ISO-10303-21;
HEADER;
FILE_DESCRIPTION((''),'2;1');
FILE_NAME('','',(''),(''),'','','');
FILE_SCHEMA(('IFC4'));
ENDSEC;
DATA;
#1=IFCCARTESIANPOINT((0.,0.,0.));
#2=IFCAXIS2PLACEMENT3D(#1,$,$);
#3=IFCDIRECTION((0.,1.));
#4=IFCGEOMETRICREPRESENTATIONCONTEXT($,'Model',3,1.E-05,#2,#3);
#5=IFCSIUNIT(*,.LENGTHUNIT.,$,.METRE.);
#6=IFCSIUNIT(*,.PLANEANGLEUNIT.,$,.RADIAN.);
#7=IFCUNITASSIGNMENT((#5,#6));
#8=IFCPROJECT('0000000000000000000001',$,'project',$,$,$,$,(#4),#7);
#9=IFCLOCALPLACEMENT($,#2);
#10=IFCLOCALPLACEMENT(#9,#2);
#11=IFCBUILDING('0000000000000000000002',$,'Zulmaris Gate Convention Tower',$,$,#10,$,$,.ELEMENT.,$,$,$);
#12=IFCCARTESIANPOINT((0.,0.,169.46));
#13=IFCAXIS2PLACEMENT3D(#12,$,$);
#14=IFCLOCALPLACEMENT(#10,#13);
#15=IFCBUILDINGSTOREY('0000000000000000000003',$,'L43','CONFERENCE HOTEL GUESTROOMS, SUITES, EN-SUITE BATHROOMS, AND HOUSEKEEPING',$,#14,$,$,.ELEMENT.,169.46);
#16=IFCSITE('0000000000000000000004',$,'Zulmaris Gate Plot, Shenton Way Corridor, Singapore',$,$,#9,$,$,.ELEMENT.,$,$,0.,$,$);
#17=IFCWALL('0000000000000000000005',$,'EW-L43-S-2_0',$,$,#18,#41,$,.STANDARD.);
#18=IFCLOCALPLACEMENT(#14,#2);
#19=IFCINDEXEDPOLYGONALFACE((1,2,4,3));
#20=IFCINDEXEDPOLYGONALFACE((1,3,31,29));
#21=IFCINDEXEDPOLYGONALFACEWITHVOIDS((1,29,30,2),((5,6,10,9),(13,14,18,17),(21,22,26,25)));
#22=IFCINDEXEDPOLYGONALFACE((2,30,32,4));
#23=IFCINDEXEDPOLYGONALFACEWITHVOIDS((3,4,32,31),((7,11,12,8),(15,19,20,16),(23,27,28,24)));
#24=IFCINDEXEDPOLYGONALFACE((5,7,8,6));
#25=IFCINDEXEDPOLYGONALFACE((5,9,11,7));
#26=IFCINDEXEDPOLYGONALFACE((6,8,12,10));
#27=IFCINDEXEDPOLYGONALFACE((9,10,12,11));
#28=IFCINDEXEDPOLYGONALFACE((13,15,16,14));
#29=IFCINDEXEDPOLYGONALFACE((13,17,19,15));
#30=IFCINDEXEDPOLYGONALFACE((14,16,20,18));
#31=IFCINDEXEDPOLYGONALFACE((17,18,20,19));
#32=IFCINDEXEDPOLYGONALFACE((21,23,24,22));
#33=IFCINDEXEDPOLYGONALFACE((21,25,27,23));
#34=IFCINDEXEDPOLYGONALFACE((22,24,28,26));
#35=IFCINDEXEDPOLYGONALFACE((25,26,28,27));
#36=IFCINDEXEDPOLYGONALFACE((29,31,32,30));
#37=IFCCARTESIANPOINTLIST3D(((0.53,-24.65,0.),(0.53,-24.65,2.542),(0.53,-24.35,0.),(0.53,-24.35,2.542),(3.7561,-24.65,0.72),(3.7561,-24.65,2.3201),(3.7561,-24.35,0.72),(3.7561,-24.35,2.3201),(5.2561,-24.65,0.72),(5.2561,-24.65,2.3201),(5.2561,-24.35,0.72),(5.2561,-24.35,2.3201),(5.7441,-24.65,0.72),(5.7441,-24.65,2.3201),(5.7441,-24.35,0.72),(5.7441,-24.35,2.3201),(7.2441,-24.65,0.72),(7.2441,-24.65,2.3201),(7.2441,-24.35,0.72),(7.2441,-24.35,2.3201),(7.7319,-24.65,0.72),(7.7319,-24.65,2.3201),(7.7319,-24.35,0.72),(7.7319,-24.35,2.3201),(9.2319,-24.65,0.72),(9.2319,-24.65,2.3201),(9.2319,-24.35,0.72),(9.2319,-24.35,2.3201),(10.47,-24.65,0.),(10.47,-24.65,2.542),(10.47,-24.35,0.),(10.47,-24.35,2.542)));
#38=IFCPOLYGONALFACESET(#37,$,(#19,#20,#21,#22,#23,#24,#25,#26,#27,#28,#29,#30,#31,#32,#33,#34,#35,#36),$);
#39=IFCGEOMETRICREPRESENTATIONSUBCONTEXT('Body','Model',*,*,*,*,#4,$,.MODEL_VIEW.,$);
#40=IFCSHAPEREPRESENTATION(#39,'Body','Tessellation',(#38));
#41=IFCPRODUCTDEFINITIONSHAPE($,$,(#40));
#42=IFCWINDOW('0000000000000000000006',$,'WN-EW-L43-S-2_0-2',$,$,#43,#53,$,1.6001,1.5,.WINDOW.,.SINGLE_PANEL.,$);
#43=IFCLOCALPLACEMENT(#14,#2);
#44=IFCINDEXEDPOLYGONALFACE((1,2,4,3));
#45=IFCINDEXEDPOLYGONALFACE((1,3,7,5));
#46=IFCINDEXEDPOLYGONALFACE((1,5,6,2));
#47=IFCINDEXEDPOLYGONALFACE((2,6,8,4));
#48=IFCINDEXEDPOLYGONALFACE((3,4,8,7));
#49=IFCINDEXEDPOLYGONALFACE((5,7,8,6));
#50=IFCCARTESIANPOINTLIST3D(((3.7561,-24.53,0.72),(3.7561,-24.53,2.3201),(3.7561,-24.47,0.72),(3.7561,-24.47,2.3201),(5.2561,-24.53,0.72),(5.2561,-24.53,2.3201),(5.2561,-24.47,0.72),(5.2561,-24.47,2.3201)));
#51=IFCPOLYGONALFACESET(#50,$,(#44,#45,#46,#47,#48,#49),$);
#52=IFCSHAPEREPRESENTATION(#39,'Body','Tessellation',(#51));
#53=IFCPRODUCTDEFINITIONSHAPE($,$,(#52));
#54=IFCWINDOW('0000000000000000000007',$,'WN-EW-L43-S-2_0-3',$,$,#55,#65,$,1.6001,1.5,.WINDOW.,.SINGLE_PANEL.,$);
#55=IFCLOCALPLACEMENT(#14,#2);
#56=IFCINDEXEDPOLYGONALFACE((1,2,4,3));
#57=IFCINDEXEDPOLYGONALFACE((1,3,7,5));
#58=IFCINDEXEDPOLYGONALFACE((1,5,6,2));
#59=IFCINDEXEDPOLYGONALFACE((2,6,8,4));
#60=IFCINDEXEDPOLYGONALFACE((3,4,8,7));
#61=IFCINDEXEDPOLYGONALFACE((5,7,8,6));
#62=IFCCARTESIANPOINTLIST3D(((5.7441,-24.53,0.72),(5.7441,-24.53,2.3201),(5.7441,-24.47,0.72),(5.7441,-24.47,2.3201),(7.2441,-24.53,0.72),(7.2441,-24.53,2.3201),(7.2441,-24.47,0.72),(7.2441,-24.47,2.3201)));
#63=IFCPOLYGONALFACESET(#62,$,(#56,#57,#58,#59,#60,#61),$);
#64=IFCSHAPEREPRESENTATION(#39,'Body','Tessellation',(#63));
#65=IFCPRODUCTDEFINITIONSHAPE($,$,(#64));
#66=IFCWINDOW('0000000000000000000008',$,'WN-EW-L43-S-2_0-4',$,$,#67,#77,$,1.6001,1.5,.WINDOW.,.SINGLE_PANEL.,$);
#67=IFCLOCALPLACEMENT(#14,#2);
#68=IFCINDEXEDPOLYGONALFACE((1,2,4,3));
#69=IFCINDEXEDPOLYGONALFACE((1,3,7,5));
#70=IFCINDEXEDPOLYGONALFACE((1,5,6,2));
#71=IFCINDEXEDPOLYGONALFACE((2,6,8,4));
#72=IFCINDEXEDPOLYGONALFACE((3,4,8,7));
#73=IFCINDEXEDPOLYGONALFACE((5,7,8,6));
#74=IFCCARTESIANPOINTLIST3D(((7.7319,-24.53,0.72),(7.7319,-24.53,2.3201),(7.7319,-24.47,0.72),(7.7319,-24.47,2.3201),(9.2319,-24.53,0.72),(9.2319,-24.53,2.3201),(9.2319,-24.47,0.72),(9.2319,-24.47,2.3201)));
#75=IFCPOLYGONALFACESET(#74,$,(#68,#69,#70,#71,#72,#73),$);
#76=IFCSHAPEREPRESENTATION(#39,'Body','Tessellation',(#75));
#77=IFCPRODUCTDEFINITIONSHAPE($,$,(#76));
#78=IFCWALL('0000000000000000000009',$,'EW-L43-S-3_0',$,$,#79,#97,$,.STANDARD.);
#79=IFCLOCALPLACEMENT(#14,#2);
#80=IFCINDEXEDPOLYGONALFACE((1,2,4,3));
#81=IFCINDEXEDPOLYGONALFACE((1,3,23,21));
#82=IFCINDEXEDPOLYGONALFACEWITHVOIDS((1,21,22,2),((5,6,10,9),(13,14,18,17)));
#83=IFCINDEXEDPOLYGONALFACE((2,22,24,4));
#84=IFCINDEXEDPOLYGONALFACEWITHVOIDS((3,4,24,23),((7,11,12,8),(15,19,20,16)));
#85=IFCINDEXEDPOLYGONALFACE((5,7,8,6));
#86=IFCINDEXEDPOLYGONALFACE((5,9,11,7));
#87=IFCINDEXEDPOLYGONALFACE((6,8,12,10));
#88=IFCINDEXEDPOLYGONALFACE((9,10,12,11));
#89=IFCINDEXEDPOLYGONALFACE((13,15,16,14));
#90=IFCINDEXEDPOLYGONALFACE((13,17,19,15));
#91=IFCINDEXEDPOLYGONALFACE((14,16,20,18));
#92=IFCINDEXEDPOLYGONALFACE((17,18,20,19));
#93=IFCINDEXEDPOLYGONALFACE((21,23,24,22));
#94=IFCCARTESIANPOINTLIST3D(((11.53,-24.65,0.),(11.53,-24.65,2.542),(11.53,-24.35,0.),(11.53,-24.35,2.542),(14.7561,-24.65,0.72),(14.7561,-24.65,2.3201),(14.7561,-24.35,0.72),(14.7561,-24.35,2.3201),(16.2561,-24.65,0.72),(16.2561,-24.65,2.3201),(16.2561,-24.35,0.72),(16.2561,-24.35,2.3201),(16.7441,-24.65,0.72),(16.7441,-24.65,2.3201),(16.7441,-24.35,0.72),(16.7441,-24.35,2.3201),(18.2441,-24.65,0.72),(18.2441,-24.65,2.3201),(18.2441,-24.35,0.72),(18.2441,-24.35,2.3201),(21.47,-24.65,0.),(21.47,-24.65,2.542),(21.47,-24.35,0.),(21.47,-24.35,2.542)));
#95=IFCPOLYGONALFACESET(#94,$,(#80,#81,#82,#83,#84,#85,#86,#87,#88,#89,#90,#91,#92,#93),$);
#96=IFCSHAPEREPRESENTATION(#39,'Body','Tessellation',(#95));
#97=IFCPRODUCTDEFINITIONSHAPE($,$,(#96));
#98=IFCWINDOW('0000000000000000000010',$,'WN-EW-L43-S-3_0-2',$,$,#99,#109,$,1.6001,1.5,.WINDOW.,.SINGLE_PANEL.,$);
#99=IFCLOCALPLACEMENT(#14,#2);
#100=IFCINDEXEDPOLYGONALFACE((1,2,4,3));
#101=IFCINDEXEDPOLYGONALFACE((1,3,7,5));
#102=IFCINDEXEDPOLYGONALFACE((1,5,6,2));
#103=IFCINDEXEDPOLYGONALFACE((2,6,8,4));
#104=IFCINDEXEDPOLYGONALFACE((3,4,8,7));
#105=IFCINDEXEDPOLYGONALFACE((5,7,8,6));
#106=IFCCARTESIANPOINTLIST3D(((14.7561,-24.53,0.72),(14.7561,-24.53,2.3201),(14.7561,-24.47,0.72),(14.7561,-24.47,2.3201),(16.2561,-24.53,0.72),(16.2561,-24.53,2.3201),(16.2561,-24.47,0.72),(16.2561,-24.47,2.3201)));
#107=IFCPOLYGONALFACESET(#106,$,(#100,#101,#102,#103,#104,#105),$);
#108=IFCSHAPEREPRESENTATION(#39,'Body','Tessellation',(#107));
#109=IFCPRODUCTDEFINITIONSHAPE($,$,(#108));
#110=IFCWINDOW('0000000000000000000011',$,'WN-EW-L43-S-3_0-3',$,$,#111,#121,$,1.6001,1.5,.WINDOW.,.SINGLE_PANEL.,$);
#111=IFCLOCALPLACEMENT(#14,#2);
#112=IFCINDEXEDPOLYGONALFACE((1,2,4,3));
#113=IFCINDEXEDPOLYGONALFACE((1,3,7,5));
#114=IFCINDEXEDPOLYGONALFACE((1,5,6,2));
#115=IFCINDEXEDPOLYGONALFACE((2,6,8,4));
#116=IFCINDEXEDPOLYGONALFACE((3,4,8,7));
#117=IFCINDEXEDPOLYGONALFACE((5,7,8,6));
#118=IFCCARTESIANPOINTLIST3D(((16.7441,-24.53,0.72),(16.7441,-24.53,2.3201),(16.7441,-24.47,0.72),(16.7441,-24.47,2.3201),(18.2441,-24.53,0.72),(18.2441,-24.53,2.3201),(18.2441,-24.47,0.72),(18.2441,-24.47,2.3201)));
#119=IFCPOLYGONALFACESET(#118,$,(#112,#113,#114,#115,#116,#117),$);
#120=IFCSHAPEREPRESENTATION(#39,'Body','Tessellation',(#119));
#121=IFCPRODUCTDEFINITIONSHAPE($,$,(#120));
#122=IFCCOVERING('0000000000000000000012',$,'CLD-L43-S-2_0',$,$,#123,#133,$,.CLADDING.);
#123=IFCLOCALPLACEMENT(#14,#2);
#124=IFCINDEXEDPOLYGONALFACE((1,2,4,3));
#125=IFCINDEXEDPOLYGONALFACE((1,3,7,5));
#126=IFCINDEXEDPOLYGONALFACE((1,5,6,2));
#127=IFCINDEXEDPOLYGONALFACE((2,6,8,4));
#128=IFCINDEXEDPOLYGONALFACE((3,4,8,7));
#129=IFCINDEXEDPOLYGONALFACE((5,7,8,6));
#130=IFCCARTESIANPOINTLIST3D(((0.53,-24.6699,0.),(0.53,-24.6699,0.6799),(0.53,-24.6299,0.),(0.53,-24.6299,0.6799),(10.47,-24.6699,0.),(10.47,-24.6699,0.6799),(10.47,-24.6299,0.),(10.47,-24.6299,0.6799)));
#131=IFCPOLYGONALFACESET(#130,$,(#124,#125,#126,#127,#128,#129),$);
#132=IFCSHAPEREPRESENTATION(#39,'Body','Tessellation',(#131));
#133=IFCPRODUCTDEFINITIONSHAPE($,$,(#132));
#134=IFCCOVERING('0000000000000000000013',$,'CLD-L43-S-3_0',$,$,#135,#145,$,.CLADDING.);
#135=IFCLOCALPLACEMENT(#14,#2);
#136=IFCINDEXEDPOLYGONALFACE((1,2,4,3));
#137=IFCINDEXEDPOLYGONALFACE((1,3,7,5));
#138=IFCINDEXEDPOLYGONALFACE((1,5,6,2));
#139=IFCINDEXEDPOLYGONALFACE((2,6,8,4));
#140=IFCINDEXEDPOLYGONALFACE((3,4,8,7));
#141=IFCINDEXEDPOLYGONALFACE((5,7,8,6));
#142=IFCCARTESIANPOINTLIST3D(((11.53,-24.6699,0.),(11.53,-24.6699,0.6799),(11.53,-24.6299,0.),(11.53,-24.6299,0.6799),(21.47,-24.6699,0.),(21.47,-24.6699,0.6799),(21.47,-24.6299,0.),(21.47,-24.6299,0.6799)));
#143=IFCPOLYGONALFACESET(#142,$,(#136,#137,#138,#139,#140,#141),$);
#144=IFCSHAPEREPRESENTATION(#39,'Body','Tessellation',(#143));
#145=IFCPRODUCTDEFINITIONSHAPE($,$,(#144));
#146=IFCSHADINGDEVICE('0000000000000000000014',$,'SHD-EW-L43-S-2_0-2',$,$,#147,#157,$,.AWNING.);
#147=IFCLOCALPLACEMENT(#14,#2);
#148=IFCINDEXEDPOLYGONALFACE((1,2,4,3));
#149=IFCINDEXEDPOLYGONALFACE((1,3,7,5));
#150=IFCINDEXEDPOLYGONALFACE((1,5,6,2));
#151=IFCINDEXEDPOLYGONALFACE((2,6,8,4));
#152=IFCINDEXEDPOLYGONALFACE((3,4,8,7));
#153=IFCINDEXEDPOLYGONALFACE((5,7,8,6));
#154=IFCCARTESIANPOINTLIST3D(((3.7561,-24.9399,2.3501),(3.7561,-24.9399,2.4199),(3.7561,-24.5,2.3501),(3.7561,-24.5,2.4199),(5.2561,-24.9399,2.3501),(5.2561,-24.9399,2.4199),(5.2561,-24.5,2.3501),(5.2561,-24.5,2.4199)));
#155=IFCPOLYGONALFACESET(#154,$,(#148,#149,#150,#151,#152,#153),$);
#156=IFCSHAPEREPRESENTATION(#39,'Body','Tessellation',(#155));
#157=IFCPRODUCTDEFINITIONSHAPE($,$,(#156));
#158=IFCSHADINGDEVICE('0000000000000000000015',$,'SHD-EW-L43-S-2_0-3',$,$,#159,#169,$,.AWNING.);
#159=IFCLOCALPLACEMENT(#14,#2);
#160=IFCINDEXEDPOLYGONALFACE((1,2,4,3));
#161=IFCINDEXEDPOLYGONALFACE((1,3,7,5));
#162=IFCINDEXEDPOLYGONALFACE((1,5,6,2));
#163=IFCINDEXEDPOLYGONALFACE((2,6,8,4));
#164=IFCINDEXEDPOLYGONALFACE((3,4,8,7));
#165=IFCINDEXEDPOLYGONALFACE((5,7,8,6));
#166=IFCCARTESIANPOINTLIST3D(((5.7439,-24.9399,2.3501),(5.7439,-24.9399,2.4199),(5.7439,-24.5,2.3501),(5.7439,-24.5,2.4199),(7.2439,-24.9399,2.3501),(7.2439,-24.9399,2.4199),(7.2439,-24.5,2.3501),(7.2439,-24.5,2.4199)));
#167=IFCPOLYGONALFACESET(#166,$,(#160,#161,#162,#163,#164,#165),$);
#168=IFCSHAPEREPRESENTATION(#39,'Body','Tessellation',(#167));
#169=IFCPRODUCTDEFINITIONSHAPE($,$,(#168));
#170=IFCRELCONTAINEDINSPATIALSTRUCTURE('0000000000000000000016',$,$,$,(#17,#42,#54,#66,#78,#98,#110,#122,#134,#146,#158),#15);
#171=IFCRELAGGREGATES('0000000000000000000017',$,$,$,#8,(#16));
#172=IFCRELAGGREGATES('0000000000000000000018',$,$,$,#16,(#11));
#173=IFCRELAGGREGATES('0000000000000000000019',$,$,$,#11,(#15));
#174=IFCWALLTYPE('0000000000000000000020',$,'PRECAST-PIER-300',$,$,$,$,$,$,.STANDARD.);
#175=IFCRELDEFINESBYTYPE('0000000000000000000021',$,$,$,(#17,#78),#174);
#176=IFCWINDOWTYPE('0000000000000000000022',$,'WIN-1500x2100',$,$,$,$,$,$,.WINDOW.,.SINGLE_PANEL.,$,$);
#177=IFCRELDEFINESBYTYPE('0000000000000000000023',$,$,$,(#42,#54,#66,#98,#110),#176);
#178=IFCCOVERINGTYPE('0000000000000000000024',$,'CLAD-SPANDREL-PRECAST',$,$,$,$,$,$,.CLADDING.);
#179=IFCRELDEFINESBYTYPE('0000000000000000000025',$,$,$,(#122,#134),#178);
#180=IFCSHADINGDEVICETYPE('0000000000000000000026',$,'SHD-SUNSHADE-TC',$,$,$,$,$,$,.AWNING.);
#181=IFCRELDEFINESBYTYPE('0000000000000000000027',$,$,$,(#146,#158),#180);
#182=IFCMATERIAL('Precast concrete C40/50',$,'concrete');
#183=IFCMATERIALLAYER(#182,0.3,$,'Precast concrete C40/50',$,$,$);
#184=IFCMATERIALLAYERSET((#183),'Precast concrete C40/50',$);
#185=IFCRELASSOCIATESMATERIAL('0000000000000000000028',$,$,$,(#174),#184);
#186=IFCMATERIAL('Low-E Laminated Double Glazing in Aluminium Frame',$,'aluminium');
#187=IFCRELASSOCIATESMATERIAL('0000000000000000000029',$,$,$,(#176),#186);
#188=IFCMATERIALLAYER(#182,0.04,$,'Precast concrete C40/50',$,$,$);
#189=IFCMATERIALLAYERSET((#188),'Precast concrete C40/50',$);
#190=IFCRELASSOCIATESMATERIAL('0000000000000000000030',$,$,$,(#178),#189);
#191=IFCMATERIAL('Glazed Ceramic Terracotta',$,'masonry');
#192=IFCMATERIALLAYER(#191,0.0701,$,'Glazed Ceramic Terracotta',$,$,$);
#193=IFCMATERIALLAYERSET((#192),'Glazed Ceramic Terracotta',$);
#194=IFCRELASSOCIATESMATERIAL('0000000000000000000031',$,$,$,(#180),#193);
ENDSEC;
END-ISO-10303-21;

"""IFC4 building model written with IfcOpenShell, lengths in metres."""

from ifc_helpers import new_model, si_unit, direction, frame, frame_2d, origin, place, context, subcontext, project, spatial, rectangle, extrude, material, layer, layer_set, type_object, element, fill, save


model = new_model("IFC4")

# Units and contexts
model_context = context("Model", 3, precision=1e-05, world=origin(), true_north=direction((0.0, 1.0)))
body_context = subcontext(model_context, "Body", "Model", "MODEL_VIEW")
ifc_project = project(units=[si_unit("LENGTHUNIT", "METRE"), si_unit("PLANEANGLEUNIT", "RADIAN")], contexts=[model_context])

# Site, building, storey
site_placement = place(None, origin())
site = spatial("IfcSite", under=ifc_project, at=site_placement, Name="Zulmaris Gate Plot, Shenton Way Corridor, Singapore", CompositionType="ELEMENT", RefElevation=0.0)
building_placement = place(site_placement, origin())
building = spatial("IfcBuilding", under=site, at=building_placement, Name="Zulmaris Gate Convention Tower", CompositionType="ELEMENT")
storey_placement = place(building_placement, frame((0.0, 0.0, 169.46)))
storey = spatial("IfcBuildingStorey", under=building, at=storey_placement, Name="L43", Description="CONFERENCE HOTEL GUESTROOMS, SUITES, EN-SUITE BATHROOMS, AND HOUSEKEEPING", CompositionType="ELEMENT", Elevation=169.46)

# Walls, openings, windows
ifc_material_1 = material(Name="Precast concrete C40/50", Category="concrete")
ifc_layer_1 = layer(ifc_material_1, 0.3, Name="Precast concrete C40/50")
ifc_layer_set_1 = layer_set([ifc_layer_1], Name="Precast concrete C40/50")
wall_type_1 = type_object("IfcWallType", Name="PRECAST-PIER-300", PredefinedType="STANDARD", material=ifc_layer_set_1)
wall_1_placement = place(storey_placement, frame((0.53, -24.5, 0.0), z_axis=(0.0, 0.0, 1.0), x_axis=(1.0, 0.0, 0.0)))
wall_1 = element("IfcWall", 1, at=wall_1_placement, inside=storey, type_object=wall_type_1, Name="EW-L43-S-2_0", PredefinedType="STANDARD", context=body_context, shape_type="SweptSolid", body=[
    extrude(rectangle(XDim=9.9399, YDim=0.3, at=frame_2d((4.97, 0.0))), origin(), (0.0, 0.0, 1.0), 2.542),
])
opening_1_placement = place(wall_1_placement, frame((3.2261, 0.0, 0.72)))
opening_1 = element("IfcOpeningElement", 2, at=opening_1_placement, cuts=wall_1, PredefinedType="OPENING", context=body_context, shape_type="SweptSolid", body=[
    extrude(rectangle(XDim=1.5, YDim=1.6001, at=frame_2d((0.75, 0.8))), frame((0.0, 0.1602, 0.0), z_axis=(0.0, -1.0, 0.0), x_axis=(1.0, 0.0, 0.0)), (0.0, 0.0, 1.0), 0.3201),
])
opening_2_placement = place(wall_1_placement, frame((5.2141, 0.0, 0.72)))
opening_2 = element("IfcOpeningElement", 3, at=opening_2_placement, cuts=wall_1, PredefinedType="OPENING", context=body_context, shape_type="SweptSolid", body=[
    extrude(rectangle(XDim=1.5, YDim=1.6001, at=frame_2d((0.75, 0.8))), frame((0.0, 0.1602, 0.0), z_axis=(0.0, -1.0, 0.0), x_axis=(1.0, 0.0, 0.0)), (0.0, 0.0, 1.0), 0.3201),
])
opening_3_placement = place(wall_1_placement, frame((7.2019, 0.0, 0.72)))
opening_3 = element("IfcOpeningElement", 4, at=opening_3_placement, cuts=wall_1, PredefinedType="OPENING", context=body_context, shape_type="SweptSolid", body=[
    extrude(rectangle(XDim=1.5, YDim=1.6001, at=frame_2d((0.75, 0.8))), frame((0.0, 0.1602, 0.0), z_axis=(0.0, -1.0, 0.0), x_axis=(1.0, 0.0, 0.0)), (0.0, 0.0, 1.0), 0.3201),
])
ifc_material_2 = material(Name="Low-E Laminated Double Glazing in Aluminium Frame", Category="aluminium")
window_type = type_object("IfcWindowType", Name="WIN-1500x2100", PartitioningType="SINGLE_PANEL", PredefinedType="WINDOW", material=ifc_material_2)
window_1_placement = place(opening_1_placement, origin())
window_1 = element("IfcWindow", 5, at=window_1_placement, inside=storey, type_object=window_type, Name="WN-EW-L43-S-2_0-2", OverallHeight=1.6001, OverallWidth=1.5, PartitioningType="SINGLE_PANEL", PredefinedType="WINDOW", context=body_context, shape_type="SweptSolid", body=[
    extrude(rectangle(XDim=1.5, YDim=1.6001, at=frame_2d((0.75, 0.8))), frame((0.0, 0.03, 0.0), z_axis=(0.0, -1.0, 0.0), x_axis=(1.0, 0.0, 0.0)), (0.0, 0.0, 1.0), 0.0601),
])
fill(opening_1, window_1)
window_2_placement = place(opening_2_placement, origin())
window_2 = element("IfcWindow", 6, at=window_2_placement, inside=storey, type_object=window_type, Name="WN-EW-L43-S-2_0-3", OverallHeight=1.6001, OverallWidth=1.5, PartitioningType="SINGLE_PANEL", PredefinedType="WINDOW", context=body_context, shape_type="SweptSolid", body=[
    extrude(rectangle(XDim=1.5, YDim=1.6001, at=frame_2d((0.75, 0.8))), frame((0.0, 0.03, 0.0), z_axis=(0.0, -1.0, 0.0), x_axis=(1.0, 0.0, 0.0)), (0.0, 0.0, 1.0), 0.0601),
])
fill(opening_2, window_2)
window_3_placement = place(opening_3_placement, origin())
window_3 = element("IfcWindow", 7, at=window_3_placement, inside=storey, type_object=window_type, Name="WN-EW-L43-S-2_0-4", OverallHeight=1.6001, OverallWidth=1.5, PartitioningType="SINGLE_PANEL", PredefinedType="WINDOW", context=body_context, shape_type="SweptSolid", body=[
    extrude(rectangle(XDim=1.5, YDim=1.6001, at=frame_2d((0.75, 0.8))), frame((0.0, 0.03, 0.0), z_axis=(0.0, -1.0, 0.0), x_axis=(1.0, 0.0, 0.0)), (0.0, 0.0, 1.0), 0.0601),
])
fill(opening_3, window_3)
wall_2_placement = place(storey_placement, frame((11.53, -24.5, 0.0), z_axis=(0.0, 0.0, 1.0), x_axis=(1.0, 0.0, 0.0)))
wall_2 = element("IfcWall", 8, at=wall_2_placement, inside=storey, type_object=wall_type_1, Name="EW-L43-S-3_0", PredefinedType="STANDARD", context=body_context, shape_type="SweptSolid", body=[
    extrude(rectangle(XDim=9.9399, YDim=0.3, at=frame_2d((4.97, 0.0))), origin(), (0.0, 0.0, 1.0), 2.542),
])
opening_4_placement = place(wall_2_placement, frame((3.2261, 0.0, 0.72)))
opening_4 = element("IfcOpeningElement", 9, at=opening_4_placement, cuts=wall_2, PredefinedType="OPENING", context=body_context, shape_type="SweptSolid", body=[
    extrude(rectangle(XDim=1.5, YDim=1.6001, at=frame_2d((0.75, 0.8))), frame((0.0, 0.1602, 0.0), z_axis=(0.0, -1.0, 0.0), x_axis=(1.0, 0.0, 0.0)), (0.0, 0.0, 1.0), 0.3201),
])
opening_5_placement = place(wall_2_placement, frame((5.2141, 0.0, 0.72)))
opening_5 = element("IfcOpeningElement", 10, at=opening_5_placement, cuts=wall_2, PredefinedType="OPENING", context=body_context, shape_type="SweptSolid", body=[
    extrude(rectangle(XDim=1.5, YDim=1.6001, at=frame_2d((0.75, 0.8))), frame((0.0, 0.1602, 0.0), z_axis=(0.0, -1.0, 0.0), x_axis=(1.0, 0.0, 0.0)), (0.0, 0.0, 1.0), 0.3201),
])
window_4_placement = place(opening_4_placement, origin())
window_4 = element("IfcWindow", 11, at=window_4_placement, inside=storey, type_object=window_type, Name="WN-EW-L43-S-3_0-2", OverallHeight=1.6001, OverallWidth=1.5, PartitioningType="SINGLE_PANEL", PredefinedType="WINDOW", context=body_context, shape_type="SweptSolid", body=[
    extrude(rectangle(XDim=1.5, YDim=1.6001, at=frame_2d((0.75, 0.8))), frame((0.0, 0.03, 0.0), z_axis=(0.0, -1.0, 0.0), x_axis=(1.0, 0.0, 0.0)), (0.0, 0.0, 1.0), 0.0601),
])
fill(opening_4, window_4)
window_5_placement = place(opening_5_placement, origin())
window_5 = element("IfcWindow", 12, at=window_5_placement, inside=storey, type_object=window_type, Name="WN-EW-L43-S-3_0-3", OverallHeight=1.6001, OverallWidth=1.5, PartitioningType="SINGLE_PANEL", PredefinedType="WINDOW", context=body_context, shape_type="SweptSolid", body=[
    extrude(rectangle(XDim=1.5, YDim=1.6001, at=frame_2d((0.75, 0.8))), frame((0.0, 0.03, 0.0), z_axis=(0.0, -1.0, 0.0), x_axis=(1.0, 0.0, 0.0)), (0.0, 0.0, 1.0), 0.0601),
])
fill(opening_5, window_5)

# Coverings
ifc_layer_2 = layer(ifc_material_1, 0.04, Name="Precast concrete C40/50")
ifc_layer_set_2 = layer_set([ifc_layer_2], Name="Precast concrete C40/50")
covering_type = type_object("IfcCoveringType", Name="CLAD-SPANDREL-PRECAST", PredefinedType="CLADDING", material=ifc_layer_set_2)
for number, where, z_axis, x_axis, name in (
    (13, (0.53, -24.6499, 0.0), (0.0, 0.0, 1.0), (1.0, 0.0, 0.0), "CLD-L43-S-2_0"),
    (14, (11.53, -24.6499, 0.0), (0.0, 0.0, 1.0), (1.0, 0.0, 0.0), "CLD-L43-S-3_0"),
):
    element("IfcCovering", number, at=place(storey_placement, frame(where, z_axis=z_axis, x_axis=x_axis)), inside=storey, type_object=covering_type, Name=name, PredefinedType="CLADDING", context=body_context, shape_type="SweptSolid", body=[
        extrude(rectangle(XDim=9.9399, YDim=0.04, at=frame_2d((4.97, 0.0))), origin(), (0.0, 0.0, 1.0), 0.6799),
    ])

# Shading devices
ifc_material_3 = material(Name="Glazed Ceramic Terracotta", Category="masonry")
ifc_layer_3 = layer(ifc_material_3, 0.0701, Name="Glazed Ceramic Terracotta")
ifc_layer_set_3 = layer_set([ifc_layer_3], Name="Glazed Ceramic Terracotta")
shading_device_type = type_object("IfcShadingDeviceType", Name="SHD-SUNSHADE-TC", PredefinedType="AWNING", material=ifc_layer_set_3)
for number, where, z_axis, x_axis, name in (
    (15, (3.7561, -24.72, 2.3501), (0.0, 0.0, 1.0), (1.0, 0.0, 0.0), "SHD-EW-L43-S-2_0-2"),
    (16, (5.7439, -24.72, 2.3501), (0.0, 0.0, 1.0), (1.0, 0.0, 0.0), "SHD-EW-L43-S-2_0-3"),
):
    element("IfcShadingDevice", number, at=place(storey_placement, frame(where, z_axis=z_axis, x_axis=x_axis)), inside=storey, type_object=shading_device_type, Name=name, PredefinedType="AWNING", context=body_context, shape_type="SweptSolid", body=[
        extrude(rectangle(XDim=1.5, YDim=0.4399, at=frame_2d((0.75, 0.0))), origin(), (0.0, 0.0, 1.0), 0.0698),
    ])

save(model, "model.ifc")
